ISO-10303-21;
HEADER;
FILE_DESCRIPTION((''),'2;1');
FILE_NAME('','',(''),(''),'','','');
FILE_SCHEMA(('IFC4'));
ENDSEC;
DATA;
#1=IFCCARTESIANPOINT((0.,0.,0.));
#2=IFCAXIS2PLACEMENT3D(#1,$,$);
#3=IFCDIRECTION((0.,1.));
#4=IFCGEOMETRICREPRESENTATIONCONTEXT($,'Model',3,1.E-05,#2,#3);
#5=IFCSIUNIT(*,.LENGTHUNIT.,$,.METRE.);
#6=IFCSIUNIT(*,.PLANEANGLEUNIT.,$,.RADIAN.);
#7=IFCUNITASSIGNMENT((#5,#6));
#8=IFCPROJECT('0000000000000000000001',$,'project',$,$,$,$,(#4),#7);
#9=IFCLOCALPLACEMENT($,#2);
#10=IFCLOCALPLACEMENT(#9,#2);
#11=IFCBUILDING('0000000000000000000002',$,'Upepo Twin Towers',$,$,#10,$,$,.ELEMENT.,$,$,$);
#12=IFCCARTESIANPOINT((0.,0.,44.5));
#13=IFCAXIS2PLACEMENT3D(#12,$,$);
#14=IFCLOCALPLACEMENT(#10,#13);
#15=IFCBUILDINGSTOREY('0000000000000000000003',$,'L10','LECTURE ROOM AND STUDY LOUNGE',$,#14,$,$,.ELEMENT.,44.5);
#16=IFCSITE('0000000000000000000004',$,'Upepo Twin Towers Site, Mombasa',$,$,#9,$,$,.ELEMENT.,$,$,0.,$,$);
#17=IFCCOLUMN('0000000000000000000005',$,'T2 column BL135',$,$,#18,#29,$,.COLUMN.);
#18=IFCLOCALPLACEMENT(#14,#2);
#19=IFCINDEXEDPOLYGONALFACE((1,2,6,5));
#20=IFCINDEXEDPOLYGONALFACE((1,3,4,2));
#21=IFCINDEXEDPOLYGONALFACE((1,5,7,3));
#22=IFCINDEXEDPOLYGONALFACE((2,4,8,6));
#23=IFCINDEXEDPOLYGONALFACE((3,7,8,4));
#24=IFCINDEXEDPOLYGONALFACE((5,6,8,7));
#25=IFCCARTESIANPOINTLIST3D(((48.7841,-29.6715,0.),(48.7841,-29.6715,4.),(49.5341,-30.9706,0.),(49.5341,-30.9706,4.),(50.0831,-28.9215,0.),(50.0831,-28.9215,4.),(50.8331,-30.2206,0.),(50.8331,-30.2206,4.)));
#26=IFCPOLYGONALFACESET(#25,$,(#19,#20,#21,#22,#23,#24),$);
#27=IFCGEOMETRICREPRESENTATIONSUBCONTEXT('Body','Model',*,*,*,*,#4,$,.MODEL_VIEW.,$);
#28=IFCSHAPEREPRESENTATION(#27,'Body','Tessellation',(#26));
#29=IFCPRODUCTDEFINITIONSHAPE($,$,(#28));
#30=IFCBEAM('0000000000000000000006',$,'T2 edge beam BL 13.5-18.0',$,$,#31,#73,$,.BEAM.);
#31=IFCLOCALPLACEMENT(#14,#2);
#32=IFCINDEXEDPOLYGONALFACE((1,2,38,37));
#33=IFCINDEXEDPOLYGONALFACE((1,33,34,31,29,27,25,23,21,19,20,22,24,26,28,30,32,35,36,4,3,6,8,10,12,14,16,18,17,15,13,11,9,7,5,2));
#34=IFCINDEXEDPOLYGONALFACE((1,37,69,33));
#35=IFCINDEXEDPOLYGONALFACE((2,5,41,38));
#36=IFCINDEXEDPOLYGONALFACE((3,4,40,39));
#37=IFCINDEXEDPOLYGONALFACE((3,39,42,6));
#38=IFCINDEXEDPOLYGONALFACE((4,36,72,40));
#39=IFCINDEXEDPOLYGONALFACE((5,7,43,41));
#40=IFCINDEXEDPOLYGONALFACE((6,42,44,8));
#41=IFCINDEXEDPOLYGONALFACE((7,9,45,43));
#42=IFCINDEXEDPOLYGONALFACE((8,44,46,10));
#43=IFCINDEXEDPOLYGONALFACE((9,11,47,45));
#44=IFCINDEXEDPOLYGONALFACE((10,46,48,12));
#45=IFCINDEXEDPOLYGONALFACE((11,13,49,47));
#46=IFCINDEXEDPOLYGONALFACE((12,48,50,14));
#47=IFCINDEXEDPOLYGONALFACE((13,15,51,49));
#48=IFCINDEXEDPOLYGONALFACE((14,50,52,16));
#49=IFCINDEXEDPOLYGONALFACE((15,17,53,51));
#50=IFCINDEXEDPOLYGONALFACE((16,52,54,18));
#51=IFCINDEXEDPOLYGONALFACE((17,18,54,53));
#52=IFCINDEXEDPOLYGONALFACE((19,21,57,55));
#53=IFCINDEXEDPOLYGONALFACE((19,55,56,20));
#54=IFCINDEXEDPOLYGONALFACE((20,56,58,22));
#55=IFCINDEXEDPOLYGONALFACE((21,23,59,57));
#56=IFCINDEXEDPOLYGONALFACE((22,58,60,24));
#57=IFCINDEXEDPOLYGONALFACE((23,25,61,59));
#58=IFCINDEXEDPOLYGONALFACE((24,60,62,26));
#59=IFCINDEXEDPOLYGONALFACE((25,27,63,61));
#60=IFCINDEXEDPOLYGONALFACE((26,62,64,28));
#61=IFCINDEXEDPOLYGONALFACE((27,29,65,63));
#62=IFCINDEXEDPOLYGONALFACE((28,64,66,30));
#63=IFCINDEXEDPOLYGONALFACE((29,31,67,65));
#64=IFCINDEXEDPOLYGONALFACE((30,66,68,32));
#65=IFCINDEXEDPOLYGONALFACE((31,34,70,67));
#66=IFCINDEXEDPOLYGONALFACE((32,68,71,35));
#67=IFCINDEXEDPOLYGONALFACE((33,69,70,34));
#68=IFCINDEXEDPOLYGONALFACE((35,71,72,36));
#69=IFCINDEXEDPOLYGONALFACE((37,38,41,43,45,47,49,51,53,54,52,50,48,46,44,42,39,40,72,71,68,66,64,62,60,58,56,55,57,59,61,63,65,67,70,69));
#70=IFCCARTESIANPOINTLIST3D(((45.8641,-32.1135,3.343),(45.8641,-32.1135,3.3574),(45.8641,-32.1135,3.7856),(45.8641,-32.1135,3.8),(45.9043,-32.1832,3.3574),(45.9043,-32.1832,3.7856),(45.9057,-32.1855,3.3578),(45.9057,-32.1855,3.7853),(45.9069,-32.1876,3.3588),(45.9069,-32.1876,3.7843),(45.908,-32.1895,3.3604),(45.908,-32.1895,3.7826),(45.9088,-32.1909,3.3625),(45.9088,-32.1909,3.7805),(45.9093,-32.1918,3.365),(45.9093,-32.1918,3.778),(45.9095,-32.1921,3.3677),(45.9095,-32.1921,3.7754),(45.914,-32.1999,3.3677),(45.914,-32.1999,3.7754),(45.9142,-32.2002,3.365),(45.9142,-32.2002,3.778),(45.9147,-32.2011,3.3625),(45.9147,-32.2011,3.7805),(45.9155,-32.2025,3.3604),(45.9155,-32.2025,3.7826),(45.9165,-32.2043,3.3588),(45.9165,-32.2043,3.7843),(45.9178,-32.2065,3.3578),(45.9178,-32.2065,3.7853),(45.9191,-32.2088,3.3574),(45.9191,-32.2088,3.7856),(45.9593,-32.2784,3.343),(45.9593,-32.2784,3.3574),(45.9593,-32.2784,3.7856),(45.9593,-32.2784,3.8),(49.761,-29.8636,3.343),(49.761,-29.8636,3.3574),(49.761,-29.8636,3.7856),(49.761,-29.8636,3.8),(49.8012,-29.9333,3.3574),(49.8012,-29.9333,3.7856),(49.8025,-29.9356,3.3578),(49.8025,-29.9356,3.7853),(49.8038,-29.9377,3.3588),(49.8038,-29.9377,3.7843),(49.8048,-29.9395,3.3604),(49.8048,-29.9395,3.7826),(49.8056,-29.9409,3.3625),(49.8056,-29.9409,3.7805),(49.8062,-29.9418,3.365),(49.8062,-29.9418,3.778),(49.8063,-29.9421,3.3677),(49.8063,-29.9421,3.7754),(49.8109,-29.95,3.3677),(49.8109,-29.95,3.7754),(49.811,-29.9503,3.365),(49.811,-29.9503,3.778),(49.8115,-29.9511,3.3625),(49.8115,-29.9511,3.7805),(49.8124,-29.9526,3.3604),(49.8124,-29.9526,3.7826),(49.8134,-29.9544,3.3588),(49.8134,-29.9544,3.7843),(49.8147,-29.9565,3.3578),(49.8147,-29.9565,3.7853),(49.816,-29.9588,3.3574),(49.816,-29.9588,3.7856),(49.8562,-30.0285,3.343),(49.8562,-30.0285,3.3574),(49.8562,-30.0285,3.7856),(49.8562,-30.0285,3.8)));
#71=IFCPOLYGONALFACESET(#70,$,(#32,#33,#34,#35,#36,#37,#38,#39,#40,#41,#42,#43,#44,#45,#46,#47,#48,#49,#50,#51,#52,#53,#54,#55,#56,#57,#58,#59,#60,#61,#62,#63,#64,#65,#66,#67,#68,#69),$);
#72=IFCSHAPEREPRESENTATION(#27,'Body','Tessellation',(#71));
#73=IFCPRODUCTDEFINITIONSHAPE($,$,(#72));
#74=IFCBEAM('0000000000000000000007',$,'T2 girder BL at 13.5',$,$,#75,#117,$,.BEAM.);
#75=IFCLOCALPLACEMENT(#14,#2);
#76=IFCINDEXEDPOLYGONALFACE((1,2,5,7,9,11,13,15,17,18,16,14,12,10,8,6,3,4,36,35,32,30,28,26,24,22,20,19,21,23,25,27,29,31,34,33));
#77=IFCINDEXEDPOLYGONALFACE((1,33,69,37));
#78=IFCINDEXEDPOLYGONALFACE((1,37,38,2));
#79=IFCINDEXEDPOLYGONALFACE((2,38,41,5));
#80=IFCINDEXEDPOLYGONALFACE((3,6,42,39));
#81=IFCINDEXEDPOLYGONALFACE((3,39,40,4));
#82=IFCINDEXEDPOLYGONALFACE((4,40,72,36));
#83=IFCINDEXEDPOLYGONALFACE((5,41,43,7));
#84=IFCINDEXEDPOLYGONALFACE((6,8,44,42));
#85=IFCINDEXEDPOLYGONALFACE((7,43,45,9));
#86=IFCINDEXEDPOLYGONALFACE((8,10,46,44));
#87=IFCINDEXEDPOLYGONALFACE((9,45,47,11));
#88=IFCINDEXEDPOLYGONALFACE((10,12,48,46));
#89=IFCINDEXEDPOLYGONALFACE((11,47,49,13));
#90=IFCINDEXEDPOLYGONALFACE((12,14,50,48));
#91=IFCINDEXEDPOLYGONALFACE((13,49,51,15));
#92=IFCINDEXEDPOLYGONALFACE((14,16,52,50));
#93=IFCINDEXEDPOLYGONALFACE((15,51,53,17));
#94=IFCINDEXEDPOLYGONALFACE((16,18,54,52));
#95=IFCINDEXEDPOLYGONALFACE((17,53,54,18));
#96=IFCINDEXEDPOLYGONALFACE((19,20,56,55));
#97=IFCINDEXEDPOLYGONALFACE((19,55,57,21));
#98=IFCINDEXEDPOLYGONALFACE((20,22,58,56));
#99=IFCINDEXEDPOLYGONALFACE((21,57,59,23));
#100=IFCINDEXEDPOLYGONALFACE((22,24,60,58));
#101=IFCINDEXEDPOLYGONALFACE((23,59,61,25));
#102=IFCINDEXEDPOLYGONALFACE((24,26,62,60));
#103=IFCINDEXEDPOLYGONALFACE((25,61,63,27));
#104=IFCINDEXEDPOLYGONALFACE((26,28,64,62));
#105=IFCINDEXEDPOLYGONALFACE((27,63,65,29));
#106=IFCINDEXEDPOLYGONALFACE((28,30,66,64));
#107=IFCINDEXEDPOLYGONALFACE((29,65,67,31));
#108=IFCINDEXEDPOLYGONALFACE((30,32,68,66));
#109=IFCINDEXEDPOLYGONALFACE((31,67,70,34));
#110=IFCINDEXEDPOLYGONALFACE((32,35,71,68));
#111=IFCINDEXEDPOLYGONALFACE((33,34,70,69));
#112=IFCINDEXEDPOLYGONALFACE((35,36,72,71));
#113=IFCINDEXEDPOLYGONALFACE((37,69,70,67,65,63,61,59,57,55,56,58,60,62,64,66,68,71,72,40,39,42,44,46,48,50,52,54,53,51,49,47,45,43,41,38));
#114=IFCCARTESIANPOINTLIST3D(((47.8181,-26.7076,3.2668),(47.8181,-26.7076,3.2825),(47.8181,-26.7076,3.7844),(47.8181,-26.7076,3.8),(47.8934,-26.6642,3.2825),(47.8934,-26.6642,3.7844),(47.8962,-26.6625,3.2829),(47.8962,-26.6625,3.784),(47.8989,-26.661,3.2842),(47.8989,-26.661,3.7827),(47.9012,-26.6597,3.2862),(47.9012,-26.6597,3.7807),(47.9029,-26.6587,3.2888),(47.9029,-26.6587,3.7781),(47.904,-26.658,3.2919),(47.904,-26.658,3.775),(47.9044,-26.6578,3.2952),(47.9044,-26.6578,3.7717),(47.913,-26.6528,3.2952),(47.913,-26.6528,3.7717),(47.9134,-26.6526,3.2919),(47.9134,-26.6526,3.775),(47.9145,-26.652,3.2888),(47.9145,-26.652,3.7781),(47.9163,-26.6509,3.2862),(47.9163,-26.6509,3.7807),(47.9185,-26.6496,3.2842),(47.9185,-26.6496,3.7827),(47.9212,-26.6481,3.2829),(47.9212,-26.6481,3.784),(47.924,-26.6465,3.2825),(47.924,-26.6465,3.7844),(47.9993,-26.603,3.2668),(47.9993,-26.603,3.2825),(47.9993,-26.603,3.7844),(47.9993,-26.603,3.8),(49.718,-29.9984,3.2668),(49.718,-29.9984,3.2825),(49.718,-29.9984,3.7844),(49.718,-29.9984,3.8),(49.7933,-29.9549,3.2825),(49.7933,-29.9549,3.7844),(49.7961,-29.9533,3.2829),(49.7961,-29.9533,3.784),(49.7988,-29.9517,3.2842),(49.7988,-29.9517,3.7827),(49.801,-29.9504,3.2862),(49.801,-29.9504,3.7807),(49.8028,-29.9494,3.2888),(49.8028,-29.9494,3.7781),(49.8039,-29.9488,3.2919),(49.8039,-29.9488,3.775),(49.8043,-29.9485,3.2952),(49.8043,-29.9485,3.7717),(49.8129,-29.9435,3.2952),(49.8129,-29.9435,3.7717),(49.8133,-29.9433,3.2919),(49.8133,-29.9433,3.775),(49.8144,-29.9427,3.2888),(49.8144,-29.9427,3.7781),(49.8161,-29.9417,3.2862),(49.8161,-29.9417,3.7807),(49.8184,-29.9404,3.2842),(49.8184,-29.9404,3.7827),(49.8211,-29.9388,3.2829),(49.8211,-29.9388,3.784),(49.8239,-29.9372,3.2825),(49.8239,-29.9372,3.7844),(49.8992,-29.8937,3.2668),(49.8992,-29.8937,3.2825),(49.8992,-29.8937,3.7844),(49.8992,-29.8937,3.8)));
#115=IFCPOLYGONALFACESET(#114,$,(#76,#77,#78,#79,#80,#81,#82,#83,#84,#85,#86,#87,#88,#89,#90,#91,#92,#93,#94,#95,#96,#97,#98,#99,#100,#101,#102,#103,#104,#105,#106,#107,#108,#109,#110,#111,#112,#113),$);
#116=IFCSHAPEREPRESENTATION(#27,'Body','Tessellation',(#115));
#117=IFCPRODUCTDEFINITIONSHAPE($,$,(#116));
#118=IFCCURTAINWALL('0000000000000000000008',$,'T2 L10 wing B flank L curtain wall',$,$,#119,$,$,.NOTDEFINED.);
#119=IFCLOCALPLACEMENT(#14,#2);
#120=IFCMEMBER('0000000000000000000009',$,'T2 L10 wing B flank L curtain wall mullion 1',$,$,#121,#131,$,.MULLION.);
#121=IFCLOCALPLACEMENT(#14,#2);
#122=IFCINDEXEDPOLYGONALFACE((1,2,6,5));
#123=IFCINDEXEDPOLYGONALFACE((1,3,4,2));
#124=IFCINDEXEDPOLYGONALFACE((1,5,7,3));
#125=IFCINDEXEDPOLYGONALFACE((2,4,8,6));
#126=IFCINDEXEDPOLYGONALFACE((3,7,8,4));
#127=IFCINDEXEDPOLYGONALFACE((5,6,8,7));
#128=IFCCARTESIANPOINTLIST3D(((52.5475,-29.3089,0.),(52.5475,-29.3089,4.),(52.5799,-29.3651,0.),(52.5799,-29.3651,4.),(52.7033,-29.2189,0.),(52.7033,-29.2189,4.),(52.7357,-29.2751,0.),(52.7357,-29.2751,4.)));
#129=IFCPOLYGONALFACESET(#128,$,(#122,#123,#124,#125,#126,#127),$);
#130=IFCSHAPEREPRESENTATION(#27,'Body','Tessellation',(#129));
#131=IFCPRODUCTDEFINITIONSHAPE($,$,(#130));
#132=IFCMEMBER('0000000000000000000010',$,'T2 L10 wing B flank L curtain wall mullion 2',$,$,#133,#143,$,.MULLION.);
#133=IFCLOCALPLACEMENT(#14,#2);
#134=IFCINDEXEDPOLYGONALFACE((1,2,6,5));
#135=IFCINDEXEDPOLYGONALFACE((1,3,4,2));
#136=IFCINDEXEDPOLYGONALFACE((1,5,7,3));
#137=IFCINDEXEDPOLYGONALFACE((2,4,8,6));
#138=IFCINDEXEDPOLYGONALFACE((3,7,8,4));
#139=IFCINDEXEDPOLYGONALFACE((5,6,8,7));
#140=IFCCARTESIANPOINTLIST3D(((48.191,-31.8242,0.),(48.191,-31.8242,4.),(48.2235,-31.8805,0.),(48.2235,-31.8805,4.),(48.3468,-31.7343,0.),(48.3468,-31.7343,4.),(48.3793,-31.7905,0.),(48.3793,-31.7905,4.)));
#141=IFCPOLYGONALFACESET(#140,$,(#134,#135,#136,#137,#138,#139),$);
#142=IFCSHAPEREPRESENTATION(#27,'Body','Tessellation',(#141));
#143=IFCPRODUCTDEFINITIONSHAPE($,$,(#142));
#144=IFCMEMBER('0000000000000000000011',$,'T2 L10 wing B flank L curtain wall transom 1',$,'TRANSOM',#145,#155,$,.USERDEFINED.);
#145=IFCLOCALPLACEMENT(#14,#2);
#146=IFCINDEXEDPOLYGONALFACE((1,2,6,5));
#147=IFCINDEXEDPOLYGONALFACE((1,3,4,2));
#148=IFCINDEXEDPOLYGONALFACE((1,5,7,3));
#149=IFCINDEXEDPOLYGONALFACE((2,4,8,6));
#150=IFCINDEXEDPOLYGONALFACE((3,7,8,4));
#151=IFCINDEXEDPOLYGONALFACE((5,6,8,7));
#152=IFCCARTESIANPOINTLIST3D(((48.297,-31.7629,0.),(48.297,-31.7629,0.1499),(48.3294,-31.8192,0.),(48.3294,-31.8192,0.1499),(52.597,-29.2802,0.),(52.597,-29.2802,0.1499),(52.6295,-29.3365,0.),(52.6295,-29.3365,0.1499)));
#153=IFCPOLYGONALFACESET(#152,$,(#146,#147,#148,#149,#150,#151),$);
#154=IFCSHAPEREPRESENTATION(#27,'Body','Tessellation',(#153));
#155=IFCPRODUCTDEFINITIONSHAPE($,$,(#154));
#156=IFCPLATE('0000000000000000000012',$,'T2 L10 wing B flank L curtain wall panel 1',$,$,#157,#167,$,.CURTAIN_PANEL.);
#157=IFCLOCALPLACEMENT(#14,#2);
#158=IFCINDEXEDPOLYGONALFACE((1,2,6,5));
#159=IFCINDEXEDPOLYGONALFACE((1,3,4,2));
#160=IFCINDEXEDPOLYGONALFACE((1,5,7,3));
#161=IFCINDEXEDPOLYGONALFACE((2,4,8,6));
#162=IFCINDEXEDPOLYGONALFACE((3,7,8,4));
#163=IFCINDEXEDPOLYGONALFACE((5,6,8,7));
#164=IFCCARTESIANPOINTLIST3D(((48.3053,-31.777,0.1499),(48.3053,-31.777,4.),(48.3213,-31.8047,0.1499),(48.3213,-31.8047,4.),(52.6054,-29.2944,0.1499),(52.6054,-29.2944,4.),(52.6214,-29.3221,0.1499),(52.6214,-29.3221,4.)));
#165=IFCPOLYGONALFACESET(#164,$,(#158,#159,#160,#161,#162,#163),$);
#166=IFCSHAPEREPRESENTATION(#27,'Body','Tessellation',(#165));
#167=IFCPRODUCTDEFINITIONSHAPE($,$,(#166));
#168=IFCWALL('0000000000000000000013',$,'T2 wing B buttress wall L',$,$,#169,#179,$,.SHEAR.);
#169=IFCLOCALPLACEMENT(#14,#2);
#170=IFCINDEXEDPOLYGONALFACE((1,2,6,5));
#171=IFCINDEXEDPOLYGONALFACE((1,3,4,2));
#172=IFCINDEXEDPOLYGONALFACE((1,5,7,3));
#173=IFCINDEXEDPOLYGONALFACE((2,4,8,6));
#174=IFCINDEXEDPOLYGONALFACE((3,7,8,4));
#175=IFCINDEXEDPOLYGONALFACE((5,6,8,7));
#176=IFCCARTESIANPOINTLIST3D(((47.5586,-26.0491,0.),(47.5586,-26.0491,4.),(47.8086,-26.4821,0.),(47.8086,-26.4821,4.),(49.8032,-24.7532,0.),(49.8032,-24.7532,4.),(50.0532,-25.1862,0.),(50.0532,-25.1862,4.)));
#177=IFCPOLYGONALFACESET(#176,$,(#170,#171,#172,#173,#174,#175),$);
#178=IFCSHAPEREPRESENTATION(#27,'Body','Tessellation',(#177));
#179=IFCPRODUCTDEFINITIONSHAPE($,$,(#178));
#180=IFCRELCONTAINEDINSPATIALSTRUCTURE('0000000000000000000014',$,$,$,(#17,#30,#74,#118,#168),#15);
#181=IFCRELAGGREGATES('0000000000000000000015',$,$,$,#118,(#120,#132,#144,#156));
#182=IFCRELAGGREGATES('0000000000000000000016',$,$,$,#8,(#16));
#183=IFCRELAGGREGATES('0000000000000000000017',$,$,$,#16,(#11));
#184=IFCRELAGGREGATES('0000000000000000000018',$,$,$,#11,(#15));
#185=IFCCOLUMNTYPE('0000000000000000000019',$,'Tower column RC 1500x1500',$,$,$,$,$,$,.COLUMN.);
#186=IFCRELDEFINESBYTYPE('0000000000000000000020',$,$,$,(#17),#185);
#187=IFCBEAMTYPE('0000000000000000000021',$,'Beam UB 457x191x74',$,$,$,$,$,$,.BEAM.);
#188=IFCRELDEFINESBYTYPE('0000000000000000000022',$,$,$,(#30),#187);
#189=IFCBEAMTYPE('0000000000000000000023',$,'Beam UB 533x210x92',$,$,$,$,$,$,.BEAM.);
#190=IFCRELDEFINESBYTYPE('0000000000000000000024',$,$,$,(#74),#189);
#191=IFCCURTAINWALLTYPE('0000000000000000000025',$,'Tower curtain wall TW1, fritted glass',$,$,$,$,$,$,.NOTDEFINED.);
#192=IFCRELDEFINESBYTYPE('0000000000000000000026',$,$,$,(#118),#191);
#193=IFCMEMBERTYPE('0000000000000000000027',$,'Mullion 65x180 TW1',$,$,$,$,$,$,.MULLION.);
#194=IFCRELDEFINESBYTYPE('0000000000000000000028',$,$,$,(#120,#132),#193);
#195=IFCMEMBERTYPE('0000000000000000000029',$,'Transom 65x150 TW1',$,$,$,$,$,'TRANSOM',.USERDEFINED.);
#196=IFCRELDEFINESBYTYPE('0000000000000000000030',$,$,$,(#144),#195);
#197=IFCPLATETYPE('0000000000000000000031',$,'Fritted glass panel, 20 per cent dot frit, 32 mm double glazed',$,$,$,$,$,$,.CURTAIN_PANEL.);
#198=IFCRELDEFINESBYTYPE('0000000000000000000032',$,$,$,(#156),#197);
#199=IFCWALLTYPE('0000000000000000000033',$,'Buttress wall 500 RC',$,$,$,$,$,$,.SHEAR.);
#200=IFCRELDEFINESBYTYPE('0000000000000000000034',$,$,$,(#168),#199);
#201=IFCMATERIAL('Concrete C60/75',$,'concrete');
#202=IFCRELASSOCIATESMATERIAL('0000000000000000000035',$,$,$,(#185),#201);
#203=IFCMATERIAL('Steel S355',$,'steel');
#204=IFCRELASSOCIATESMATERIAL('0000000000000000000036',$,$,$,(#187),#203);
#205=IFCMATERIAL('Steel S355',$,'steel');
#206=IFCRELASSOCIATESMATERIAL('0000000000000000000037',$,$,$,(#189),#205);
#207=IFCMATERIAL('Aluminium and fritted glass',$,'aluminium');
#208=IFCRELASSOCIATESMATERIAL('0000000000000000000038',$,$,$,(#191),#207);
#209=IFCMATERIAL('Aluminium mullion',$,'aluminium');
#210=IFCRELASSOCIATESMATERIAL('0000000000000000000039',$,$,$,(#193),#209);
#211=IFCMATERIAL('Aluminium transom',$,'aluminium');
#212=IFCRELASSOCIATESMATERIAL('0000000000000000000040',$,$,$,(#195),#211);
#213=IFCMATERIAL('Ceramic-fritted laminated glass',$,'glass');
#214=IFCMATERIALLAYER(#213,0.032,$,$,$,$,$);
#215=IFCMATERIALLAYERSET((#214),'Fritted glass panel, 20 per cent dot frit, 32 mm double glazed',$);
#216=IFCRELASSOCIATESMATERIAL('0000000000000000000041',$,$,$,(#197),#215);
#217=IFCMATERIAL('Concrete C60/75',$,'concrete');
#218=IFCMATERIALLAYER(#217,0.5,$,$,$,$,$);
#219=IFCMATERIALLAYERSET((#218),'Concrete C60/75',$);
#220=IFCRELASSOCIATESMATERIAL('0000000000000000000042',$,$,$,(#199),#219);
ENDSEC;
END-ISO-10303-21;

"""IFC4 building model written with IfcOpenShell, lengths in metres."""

from ifc_helpers import new_model, si_unit, direction, frame, frame_2d, origin, origin_2d, place, context, subcontext, project, spatial, rectangle, i_section, extrude, material, layer, layer_set, material_profile, profile_set, type_object, element, aggregate, save


model = new_model("IFC4")

# Units and contexts
model_context = context("Model", 3, precision=1e-05, world=origin(), true_north=direction((0.0, 1.0)))
body_context = subcontext(model_context, "Body", "Model", "MODEL_VIEW")
ifc_project = project(units=[si_unit("LENGTHUNIT", "METRE"), si_unit("PLANEANGLEUNIT", "RADIAN")], contexts=[model_context])

# Site, building, storey
site_placement = place(None, origin())
site = spatial("IfcSite", under=ifc_project, at=site_placement, Name="Upepo Twin Towers Site, Mombasa", CompositionType="ELEMENT", RefElevation=0.0)
building_placement = place(site_placement, origin())
building = spatial("IfcBuilding", under=site, at=building_placement, Name="Upepo Twin Towers", CompositionType="ELEMENT")
storey_placement = place(building_placement, frame((0.0, 0.0, 44.5)))
storey = spatial("IfcBuildingStorey", under=building, at=storey_placement, Name="L10", Description="LECTURE ROOM AND STUDY LOUNGE", CompositionType="ELEMENT", Elevation=44.5)

# Column
ifc_material_1 = material(Name="Concrete C60/75", Category="concrete")
ifc_material_profile_1 = material_profile(ifc_material_1, rectangle(XDim=1.5, YDim=1.5, at=origin_2d()), Name="RC 1500x1500")
ifc_profile_set_1 = profile_set([ifc_material_profile_1], Name="Concrete C60/75")
column_type = type_object("IfcColumnType", Name="Tower column RC 1500x1500", PredefinedType="COLUMN", material=ifc_profile_set_1)
column_placement = place(storey_placement, frame((49.8086, -29.946, 0.0), z_axis=(0.0, 0.0, 1.0), x_axis=(0.866025, 0.5, 0.0)))
element("IfcColumn", 1, at=column_placement, inside=storey, type_object=column_type, Name="T2 column BL135", PredefinedType="COLUMN", context=body_context, shape_type="SweptSolid", body=[
    extrude(rectangle(XDim=1.5, YDim=1.5, at=origin_2d()), origin(), (0.0, 0.0, 1.0), 4.0),
])

# Beams
ifc_material_2 = material(Name="Steel S355", Category="steel")
ifc_material_profile_2 = material_profile(ifc_material_2, i_section(OverallWidth=0.1904, OverallDepth=0.457, WebThickness=0.009, FlangeThickness=0.0144, FilletRadius=0.0103, at=origin_2d()), Name="UB 457x191x74")
ifc_profile_set_2 = profile_set([ifc_material_profile_2], Name="Steel S355")
beam_type_1 = type_object("IfcBeamType", Name="Beam UB 457x191x74", PredefinedType="BEAM", material=ifc_profile_set_2)
beam_1_placement = place(storey_placement, frame((49.8086, -29.946, 3.5715), z_axis=(-0.866018, -0.500014, 0.0), x_axis=(0.500014, -0.866018, 0.0)))
element("IfcBeam", 2, at=beam_1_placement, inside=storey, type_object=beam_type_1, Name="T2 edge beam BL 13.5-18.0", PredefinedType="BEAM", context=body_context, shape_type="SweptSolid", body=[
    extrude(i_section(OverallWidth=0.1904, OverallDepth=0.457, WebThickness=0.009, FlangeThickness=0.0144, FilletRadius=0.0103, at=origin_2d()), origin(), (0.0, 0.0, 1.0), 4.4998),
])
ifc_material_3 = material(Name="Steel S355", Category="steel")
ifc_material_profile_3 = material_profile(ifc_material_3, i_section(OverallWidth=0.2092, OverallDepth=0.5332, WebThickness=0.01, FlangeThickness=0.0156, FilletRadius=0.0127, at=origin_2d()), Name="UB 533x210x92")
ifc_profile_set_3 = profile_set([ifc_material_profile_3], Name="Steel S355")
beam_type_2 = type_object("IfcBeamType", Name="Beam UB 533x210x92", PredefinedType="BEAM", material=ifc_profile_set_3)
beam_2_placement = place(storey_placement, frame((49.8086, -29.946, 3.5334), z_axis=(-0.499995, 0.866028, 0.0), x_axis=(-0.866028, -0.499995, 0.0)))
element("IfcBeam", 3, at=beam_2_placement, inside=storey, type_object=beam_type_2, Name="T2 girder BL at 13.5", PredefinedType="BEAM", context=body_context, shape_type="SweptSolid", body=[
    extrude(i_section(OverallWidth=0.2092, OverallDepth=0.5332, WebThickness=0.01, FlangeThickness=0.0156, FilletRadius=0.0127, at=origin_2d()), origin(), (0.0, 0.0, 1.0), 3.7998),
])

# Curtain wall, members, plate
ifc_material_4 = material(Name="Aluminium and fritted glass", Category="aluminium")
curtain_wall_type = type_object("IfcCurtainWallType", Name="Tower curtain wall TW1, fritted glass", PredefinedType="NOTDEFINED", material=ifc_material_4)
curtain_wall_placement = place(storey_placement, origin())
curtain_wall = element("IfcCurtainWall", 4, at=curtain_wall_placement, inside=storey, type_object=curtain_wall_type, Name="T2 L10 wing B flank L curtain wall", PredefinedType="NOTDEFINED")
ifc_material_5 = material(Name="Aluminium mullion", Category="aluminium")
ifc_material_profile_4 = material_profile(ifc_material_5, rectangle(XDim=0.0649, YDim=0.1799, at=origin_2d()), Name="MULLION 65x180")
ifc_profile_set_4 = profile_set([ifc_material_profile_4], Name="Aluminium mullion")
member_type_1 = type_object("IfcMemberType", Name="Mullion 65x180 TW1", PredefinedType="MULLION", material=ifc_profile_set_4)
member_1_placement = place(storey_placement, frame((52.6416, -29.292, 0.0), z_axis=(0.0, 0.0, 1.0), x_axis=(0.5, -0.866025, 0.0)))
member_1 = element("IfcMember", 5, at=member_1_placement, type_object=member_type_1, Name="T2 L10 wing B flank L curtain wall mullion 1", PredefinedType="MULLION", context=body_context, shape_type="SweptSolid", body=[
    extrude(rectangle(XDim=0.0649, YDim=0.1799, at=origin_2d()), origin(), (0.0, 0.0, 1.0), 4.0),
])
member_2_placement = place(storey_placement, frame((48.2852, -31.8074, 0.0), z_axis=(0.0, 0.0, 1.0), x_axis=(0.5, -0.866025, 0.0)))
member_2 = element("IfcMember", 6, at=member_2_placement, type_object=member_type_1, Name="T2 L10 wing B flank L curtain wall mullion 2", PredefinedType="MULLION", context=body_context, shape_type="SweptSolid", body=[
    extrude(rectangle(XDim=0.0649, YDim=0.1799, at=origin_2d()), origin(), (0.0, 0.0, 1.0), 4.0),
])
ifc_material_6 = material(Name="Aluminium transom", Category="aluminium")
ifc_material_profile_5 = material_profile(ifc_material_6, rectangle(XDim=0.0649, YDim=0.1499, at=origin_2d()), Name="TRANSOM 65x150")
ifc_profile_set_5 = profile_set([ifc_material_profile_5], Name="Aluminium transom")
member_type_2 = type_object("IfcMemberType", Name="Transom 65x150 TW1", ElementType="TRANSOM", PredefinedType="USERDEFINED", material=ifc_profile_set_5)
member_3_placement = place(storey_placement, frame((52.6133, -29.3083, 0.075), z_axis=(-0.866023, -0.500005, 0.0), x_axis=(0.500005, -0.866023, 0.0)))
member_3 = element("IfcMember", 7, at=member_3_placement, type_object=member_type_2, Name="T2 L10 wing B flank L curtain wall transom 1", ObjectType="TRANSOM", PredefinedType="USERDEFINED", context=body_context, shape_type="SweptSolid", body=[
    extrude(rectangle(XDim=0.0649, YDim=0.1499, at=origin_2d()), origin(), (0.0, 0.0, 1.0), 4.9653),
])
ifc_material_7 = material(Name="Ceramic-fritted laminated glass", Category="glass")
ifc_layer_1 = layer(ifc_material_7, 0.032)
ifc_layer_set_1 = layer_set([ifc_layer_1], Name="Fritted glass panel, 20 per cent dot frit, 32 mm double glazed")
plate_type = type_object("IfcPlateType", Name="Fritted glass panel, 20 per cent dot frit, 32 mm double glazed", PredefinedType="CURTAIN_PANEL", material=ifc_layer_set_1)
plate_placement = place(storey_placement, frame((50.4634, -30.5496, 0.1499), z_axis=(0.0, 0.0, 1.0), x_axis=(-0.866025, -0.5, 0.0)))
plate = element("IfcPlate", 8, at=plate_placement, type_object=plate_type, Name="T2 L10 wing B flank L curtain wall panel 1", PredefinedType="CURTAIN_PANEL", context=body_context, shape_type="SweptSolid", body=[
    extrude(rectangle(XDim=4.9653, YDim=0.032, at=origin_2d()), origin(), (0.0, 0.0, 1.0), 3.8501),
])
aggregate(curtain_wall, [member_1, member_2, member_3, plate])

# Wall
ifc_material_8 = material(Name="Concrete C60/75", Category="concrete")
ifc_layer_2 = layer(ifc_material_8, 0.5)
ifc_layer_set_2 = layer_set([ifc_layer_2], Name="Concrete C60/75")
wall_type_1 = type_object("IfcWallType", Name="Buttress wall 500 RC", PredefinedType="SHEAR", material=ifc_layer_set_2)
wall_1_placement = place(storey_placement, frame((49.9282, -24.9697, 0.0), z_axis=(0.0, 0.0, 1.0), x_axis=(-0.866032, -0.499989, 0.0)))
element("IfcWall", 9, at=wall_1_placement, inside=storey, type_object=wall_type_1, Name="T2 wing B buttress wall L", PredefinedType="SHEAR", context=body_context, shape_type="SweptSolid", body=[
    extrude(rectangle(XDim=2.5918, YDim=0.5, at=frame_2d((1.2959, 0.0))), origin(), (0.0, 0.0, 1.0), 4.0),
])

save(model, "model.ifc")
